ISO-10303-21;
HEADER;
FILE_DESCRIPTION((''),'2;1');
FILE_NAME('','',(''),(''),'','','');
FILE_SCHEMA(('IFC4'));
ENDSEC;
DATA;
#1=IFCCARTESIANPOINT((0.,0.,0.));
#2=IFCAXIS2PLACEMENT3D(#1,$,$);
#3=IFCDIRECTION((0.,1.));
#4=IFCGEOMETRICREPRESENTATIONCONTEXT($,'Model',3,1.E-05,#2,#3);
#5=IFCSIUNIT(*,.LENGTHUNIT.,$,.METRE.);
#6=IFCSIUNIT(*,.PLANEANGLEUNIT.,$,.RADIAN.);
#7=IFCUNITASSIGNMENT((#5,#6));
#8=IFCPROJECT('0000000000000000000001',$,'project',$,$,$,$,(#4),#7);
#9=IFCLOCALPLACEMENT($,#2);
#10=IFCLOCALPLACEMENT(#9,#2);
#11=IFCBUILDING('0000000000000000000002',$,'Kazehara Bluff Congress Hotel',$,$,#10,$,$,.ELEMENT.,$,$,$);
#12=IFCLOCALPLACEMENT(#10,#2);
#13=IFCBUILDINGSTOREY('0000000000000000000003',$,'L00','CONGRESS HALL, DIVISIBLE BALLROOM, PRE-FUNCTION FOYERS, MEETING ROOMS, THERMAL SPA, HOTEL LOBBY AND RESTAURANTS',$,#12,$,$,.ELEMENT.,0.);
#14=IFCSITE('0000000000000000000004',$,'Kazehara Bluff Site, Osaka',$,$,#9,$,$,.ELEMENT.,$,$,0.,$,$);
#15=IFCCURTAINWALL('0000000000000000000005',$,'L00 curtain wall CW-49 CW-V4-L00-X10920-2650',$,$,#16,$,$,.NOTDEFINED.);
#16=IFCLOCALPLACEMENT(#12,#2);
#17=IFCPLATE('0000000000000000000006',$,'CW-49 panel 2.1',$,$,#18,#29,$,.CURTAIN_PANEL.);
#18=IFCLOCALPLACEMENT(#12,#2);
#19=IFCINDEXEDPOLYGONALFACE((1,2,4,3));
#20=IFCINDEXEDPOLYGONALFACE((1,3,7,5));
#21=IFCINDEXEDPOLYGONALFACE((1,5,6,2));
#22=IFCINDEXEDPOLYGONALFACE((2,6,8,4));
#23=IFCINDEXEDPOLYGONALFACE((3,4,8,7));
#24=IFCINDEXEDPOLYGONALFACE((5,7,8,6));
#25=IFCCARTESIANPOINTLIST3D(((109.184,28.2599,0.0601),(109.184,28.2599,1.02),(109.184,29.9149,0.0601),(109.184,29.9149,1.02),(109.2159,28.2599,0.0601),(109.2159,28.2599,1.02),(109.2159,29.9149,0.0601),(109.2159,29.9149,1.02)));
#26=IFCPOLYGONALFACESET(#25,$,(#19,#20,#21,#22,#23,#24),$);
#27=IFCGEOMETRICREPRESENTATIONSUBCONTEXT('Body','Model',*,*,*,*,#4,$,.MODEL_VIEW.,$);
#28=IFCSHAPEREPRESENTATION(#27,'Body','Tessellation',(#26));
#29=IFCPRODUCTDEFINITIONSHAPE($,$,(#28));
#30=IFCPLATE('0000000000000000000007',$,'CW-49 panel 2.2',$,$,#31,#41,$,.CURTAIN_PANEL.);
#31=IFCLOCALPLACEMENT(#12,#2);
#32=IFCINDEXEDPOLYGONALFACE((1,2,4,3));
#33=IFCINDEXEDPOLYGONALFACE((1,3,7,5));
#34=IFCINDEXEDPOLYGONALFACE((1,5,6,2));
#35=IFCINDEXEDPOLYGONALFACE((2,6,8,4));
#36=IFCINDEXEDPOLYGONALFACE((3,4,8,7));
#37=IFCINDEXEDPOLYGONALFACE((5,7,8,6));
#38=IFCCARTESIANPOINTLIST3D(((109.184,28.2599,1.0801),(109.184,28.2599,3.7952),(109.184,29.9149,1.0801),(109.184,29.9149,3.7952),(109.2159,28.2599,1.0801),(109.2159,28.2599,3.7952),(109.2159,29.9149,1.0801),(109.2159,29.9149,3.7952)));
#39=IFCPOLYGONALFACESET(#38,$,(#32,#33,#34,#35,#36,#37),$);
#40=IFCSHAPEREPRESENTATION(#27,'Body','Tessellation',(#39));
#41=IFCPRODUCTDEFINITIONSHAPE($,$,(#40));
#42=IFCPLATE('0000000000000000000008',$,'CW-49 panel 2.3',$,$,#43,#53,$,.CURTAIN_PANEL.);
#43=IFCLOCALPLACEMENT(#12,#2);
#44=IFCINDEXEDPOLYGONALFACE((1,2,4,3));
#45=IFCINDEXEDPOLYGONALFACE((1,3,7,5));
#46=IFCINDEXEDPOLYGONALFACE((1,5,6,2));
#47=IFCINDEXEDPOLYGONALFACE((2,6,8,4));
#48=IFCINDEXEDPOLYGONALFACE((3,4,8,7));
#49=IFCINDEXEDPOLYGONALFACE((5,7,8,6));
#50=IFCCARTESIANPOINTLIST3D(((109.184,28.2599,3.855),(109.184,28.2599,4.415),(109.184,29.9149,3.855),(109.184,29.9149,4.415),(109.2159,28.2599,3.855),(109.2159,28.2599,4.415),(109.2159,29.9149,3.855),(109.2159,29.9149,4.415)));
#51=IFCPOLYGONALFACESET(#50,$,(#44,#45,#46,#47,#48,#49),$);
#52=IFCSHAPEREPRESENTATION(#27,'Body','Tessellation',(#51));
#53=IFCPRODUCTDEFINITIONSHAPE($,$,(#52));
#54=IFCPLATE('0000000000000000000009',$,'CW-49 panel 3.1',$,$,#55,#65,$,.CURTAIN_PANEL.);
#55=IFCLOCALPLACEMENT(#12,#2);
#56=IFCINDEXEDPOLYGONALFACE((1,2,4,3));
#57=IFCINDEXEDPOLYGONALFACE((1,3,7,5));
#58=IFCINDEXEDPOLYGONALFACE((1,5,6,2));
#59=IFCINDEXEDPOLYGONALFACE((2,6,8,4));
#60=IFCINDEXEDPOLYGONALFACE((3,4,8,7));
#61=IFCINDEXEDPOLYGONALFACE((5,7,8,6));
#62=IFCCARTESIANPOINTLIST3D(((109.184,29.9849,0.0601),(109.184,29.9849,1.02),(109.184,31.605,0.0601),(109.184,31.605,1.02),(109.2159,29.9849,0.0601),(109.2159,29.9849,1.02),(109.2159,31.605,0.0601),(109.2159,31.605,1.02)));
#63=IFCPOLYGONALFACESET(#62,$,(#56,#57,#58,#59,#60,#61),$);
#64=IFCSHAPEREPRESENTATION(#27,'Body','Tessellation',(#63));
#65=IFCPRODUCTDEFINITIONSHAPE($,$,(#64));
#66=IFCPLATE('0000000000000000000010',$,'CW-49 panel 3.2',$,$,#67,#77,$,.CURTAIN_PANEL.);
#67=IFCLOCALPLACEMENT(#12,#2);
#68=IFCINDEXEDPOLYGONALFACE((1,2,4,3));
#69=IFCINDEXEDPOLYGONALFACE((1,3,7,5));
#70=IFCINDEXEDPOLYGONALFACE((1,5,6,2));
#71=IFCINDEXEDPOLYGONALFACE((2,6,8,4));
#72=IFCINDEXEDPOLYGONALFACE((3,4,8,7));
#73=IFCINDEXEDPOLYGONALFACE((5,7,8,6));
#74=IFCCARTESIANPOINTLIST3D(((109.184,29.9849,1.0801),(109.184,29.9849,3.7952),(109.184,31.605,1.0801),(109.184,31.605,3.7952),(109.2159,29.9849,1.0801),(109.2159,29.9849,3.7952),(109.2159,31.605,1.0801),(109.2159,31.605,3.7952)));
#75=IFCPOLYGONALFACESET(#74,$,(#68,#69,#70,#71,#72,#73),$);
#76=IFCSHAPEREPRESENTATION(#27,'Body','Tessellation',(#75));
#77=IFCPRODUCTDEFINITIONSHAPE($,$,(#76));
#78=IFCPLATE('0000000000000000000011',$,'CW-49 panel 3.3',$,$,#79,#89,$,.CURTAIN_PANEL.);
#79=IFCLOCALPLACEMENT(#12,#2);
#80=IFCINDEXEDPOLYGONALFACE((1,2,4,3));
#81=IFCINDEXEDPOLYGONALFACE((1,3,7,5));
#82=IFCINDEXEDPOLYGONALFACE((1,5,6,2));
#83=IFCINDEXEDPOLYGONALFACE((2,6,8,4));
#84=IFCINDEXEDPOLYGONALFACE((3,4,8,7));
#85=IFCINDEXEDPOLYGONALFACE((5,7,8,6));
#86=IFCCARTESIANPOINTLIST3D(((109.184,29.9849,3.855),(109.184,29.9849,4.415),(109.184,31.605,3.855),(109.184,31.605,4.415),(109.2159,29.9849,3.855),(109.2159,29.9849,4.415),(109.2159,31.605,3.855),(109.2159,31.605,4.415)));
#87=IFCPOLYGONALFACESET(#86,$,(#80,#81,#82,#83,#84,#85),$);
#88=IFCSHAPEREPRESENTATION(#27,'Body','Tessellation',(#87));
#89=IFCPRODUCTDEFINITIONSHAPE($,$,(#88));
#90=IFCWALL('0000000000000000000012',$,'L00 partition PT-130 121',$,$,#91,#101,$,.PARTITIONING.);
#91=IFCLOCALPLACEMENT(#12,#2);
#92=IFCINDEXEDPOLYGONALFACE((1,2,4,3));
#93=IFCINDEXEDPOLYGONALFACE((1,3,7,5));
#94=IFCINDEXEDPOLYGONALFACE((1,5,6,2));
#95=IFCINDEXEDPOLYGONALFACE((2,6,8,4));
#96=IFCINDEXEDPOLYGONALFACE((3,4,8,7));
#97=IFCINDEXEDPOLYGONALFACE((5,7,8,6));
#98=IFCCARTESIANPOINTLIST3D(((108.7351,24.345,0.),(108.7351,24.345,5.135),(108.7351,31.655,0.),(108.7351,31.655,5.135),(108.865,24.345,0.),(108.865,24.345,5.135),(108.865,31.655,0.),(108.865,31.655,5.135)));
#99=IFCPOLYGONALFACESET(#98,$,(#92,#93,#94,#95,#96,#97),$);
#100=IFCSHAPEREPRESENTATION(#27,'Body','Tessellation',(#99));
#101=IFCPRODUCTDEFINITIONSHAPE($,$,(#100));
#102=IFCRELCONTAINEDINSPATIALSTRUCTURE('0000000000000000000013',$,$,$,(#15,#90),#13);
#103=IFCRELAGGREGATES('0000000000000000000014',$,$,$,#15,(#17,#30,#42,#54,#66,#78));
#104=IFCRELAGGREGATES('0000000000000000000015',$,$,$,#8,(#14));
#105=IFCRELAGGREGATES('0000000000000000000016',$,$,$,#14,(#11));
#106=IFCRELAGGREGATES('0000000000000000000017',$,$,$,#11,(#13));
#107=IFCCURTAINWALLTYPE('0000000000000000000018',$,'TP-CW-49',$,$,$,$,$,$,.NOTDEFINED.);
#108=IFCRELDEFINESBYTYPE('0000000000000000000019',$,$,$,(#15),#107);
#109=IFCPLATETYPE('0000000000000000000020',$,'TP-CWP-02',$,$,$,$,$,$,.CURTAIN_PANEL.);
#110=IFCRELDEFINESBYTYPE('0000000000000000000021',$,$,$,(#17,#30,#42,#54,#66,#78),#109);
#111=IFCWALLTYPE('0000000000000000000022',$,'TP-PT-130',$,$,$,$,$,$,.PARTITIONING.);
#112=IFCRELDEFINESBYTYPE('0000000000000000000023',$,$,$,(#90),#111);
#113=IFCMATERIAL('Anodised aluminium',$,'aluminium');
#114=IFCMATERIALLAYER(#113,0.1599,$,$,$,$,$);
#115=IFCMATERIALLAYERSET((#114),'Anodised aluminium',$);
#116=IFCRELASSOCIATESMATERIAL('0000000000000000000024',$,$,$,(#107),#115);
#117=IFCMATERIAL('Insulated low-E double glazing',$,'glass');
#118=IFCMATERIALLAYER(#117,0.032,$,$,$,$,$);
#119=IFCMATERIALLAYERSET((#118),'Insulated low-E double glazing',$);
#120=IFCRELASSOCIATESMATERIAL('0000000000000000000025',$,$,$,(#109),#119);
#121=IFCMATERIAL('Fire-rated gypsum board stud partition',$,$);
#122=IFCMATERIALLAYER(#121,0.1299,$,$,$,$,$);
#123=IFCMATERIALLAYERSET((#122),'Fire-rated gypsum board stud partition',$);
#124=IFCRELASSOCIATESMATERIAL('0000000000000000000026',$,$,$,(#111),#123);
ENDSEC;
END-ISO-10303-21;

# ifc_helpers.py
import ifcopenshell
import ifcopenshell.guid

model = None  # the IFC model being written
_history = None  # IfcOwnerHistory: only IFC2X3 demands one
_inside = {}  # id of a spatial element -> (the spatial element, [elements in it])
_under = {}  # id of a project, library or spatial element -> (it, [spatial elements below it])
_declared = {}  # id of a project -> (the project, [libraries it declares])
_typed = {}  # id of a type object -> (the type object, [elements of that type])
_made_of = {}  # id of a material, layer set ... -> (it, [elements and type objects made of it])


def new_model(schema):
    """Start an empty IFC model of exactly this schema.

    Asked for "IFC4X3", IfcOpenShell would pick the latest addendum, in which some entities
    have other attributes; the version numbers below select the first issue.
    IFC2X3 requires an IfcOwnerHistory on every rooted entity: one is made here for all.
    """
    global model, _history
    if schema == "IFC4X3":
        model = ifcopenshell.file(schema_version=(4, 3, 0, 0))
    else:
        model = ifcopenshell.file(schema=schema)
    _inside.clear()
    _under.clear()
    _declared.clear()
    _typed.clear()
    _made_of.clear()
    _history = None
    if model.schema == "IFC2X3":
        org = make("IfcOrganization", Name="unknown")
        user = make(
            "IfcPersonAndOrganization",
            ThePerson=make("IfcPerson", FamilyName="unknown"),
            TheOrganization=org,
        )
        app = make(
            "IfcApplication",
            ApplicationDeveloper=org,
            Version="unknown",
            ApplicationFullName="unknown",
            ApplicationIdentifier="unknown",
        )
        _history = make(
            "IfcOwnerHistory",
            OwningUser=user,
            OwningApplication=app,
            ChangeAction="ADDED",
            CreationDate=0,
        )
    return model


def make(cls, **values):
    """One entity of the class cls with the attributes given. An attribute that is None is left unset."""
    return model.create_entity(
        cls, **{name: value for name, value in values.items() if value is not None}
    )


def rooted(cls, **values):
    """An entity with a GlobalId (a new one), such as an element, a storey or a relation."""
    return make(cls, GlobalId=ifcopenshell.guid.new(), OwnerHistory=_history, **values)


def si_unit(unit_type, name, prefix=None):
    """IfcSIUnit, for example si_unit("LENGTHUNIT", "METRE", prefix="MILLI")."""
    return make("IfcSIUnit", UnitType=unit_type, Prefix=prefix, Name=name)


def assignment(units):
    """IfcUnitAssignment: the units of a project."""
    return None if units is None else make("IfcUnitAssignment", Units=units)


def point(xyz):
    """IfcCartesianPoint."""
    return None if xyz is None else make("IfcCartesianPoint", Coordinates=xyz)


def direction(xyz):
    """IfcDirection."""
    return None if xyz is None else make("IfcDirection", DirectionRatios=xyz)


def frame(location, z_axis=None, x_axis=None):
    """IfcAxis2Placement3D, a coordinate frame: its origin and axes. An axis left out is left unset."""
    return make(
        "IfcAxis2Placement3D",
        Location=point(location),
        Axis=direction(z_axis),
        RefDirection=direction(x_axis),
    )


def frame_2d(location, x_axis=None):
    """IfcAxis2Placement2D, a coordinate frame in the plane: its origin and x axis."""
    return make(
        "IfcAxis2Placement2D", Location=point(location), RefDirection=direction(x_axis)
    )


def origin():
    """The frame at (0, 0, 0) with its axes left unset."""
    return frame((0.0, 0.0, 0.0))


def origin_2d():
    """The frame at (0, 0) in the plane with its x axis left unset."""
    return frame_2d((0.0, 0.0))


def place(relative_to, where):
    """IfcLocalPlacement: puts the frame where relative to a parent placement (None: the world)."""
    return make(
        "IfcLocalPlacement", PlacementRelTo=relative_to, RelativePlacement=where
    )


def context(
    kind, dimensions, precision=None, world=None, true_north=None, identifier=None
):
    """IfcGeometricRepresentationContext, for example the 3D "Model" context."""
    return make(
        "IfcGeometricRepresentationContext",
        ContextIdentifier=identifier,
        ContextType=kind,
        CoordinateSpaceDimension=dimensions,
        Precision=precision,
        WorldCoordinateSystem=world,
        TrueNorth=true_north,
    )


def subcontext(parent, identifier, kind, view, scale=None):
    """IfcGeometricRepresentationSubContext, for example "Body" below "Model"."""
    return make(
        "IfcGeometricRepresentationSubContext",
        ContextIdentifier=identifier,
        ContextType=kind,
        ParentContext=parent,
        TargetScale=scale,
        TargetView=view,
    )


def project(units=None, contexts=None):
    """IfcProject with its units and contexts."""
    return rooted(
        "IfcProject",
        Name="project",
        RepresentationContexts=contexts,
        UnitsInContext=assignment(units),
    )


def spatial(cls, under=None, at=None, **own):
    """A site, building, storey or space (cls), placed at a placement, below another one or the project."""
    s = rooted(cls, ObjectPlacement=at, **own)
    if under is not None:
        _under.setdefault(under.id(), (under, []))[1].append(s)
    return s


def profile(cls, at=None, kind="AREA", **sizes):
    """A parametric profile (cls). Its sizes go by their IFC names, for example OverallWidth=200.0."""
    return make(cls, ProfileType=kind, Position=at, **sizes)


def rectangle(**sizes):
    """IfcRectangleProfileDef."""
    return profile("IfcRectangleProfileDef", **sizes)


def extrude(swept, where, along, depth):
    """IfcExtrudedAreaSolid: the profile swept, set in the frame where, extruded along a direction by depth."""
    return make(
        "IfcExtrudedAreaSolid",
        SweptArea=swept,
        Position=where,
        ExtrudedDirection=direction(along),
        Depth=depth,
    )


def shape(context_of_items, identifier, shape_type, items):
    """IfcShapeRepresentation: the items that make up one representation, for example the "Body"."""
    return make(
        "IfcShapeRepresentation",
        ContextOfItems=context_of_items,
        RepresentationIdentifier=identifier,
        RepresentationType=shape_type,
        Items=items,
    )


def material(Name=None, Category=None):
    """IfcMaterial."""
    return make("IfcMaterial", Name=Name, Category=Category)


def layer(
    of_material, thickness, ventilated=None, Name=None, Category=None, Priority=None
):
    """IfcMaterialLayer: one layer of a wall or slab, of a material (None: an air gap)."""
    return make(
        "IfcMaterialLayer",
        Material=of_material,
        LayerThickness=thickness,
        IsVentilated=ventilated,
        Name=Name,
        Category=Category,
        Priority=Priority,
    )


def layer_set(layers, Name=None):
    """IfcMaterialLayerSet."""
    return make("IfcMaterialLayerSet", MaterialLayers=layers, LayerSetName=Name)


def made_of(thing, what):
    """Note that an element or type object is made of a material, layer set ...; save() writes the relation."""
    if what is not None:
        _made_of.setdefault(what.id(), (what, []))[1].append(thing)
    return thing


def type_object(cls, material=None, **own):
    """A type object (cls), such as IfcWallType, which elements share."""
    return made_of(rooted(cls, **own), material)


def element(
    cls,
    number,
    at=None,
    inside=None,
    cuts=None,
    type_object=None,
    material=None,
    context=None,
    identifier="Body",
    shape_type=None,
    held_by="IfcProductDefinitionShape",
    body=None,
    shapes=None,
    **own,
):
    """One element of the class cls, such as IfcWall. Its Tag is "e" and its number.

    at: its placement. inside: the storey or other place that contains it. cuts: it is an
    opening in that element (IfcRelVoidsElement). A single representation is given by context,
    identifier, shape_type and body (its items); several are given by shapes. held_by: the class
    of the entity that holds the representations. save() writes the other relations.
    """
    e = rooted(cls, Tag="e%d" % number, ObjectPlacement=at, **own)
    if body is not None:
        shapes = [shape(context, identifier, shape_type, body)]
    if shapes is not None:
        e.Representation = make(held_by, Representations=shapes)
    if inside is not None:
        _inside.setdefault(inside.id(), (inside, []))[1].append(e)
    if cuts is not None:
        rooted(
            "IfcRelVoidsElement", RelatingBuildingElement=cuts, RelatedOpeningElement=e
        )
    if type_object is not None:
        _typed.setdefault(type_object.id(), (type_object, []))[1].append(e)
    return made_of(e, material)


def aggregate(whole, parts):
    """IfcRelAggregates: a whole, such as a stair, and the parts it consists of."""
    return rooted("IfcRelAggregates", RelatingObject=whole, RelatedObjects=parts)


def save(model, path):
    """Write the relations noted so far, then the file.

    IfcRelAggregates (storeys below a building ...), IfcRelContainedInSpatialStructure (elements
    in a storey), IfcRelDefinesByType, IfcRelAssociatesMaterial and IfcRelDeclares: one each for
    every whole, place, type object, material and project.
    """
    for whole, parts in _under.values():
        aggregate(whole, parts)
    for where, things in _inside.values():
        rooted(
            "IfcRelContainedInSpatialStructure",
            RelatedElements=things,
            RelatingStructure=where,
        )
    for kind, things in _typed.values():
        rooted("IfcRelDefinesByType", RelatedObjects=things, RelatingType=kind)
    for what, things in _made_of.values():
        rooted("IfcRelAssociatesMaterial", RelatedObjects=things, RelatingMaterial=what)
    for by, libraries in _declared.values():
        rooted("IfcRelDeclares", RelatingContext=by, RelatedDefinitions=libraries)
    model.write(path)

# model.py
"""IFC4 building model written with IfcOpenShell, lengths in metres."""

from ifc_helpers import new_model, si_unit, direction, frame, frame_2d, origin, origin_2d, place, context, subcontext, project, spatial, rectangle, extrude, material, layer, layer_set, type_object, element, aggregate, save


model = new_model("IFC4")

# Units and contexts
model_context = context("Model", 3, precision=1e-05, world=origin(), true_north=direction((0.0, 1.0)))
body_context = subcontext(model_context, "Body", "Model", "MODEL_VIEW")
ifc_project = project(units=[si_unit("LENGTHUNIT", "METRE"), si_unit("PLANEANGLEUNIT", "RADIAN")], contexts=[model_context])

# Site, building, storey
site_placement = place(None, origin())
site = spatial("IfcSite", under=ifc_project, at=site_placement, Name="Kazehara Bluff Site, Osaka", CompositionType="ELEMENT", RefElevation=0.0)
building_placement = place(site_placement, origin())
building = spatial("IfcBuilding", under=site, at=building_placement, Name="Kazehara Bluff Congress Hotel", CompositionType="ELEMENT")
storey_placement = place(building_placement, origin())
storey = spatial("IfcBuildingStorey", under=building, at=storey_placement, Name="L00", Description="CONGRESS HALL, DIVISIBLE BALLROOM, PRE-FUNCTION FOYERS, MEETING ROOMS, THERMAL SPA, HOTEL LOBBY AND RESTAURANTS", CompositionType="ELEMENT", Elevation=0.0)

# Curtain wall
ifc_material_1 = material(Name="Anodised aluminium", Category="aluminium")
ifc_layer_1 = layer(ifc_material_1, 0.1599)
ifc_layer_set_1 = layer_set([ifc_layer_1], Name="Anodised aluminium")
curtain_wall_type = type_object("IfcCurtainWallType", Name="TP-CW-49", PredefinedType="NOTDEFINED", material=ifc_layer_set_1)
curtain_wall_placement = place(storey_placement, origin())
curtain_wall = element("IfcCurtainWall", 1, at=curtain_wall_placement, inside=storey, type_object=curtain_wall_type, Name="L00 curtain wall CW-49 CW-V4-L00-X10920-2650", PredefinedType="NOTDEFINED")

# Plates
ifc_material_2 = material(Name="Insulated low-E double glazing", Category="glass")
ifc_layer_2 = layer(ifc_material_2, 0.032)
ifc_layer_set_2 = layer_set([ifc_layer_2], Name="Insulated low-E double glazing")
plate_type = type_object("IfcPlateType", Name="TP-CWP-02", PredefinedType="CURTAIN_PANEL", material=ifc_layer_set_2)
plate_1_placement = place(storey_placement, frame((109.2, 29.0874, 0.0601), z_axis=(0.0, 0.0, 1.0), x_axis=(0.0, 1.0, 0.0)))
plate_1 = element("IfcPlate", 2, at=plate_1_placement, type_object=plate_type, Name="CW-49 panel 2.1", PredefinedType="CURTAIN_PANEL", context=body_context, shape_type="SweptSolid", body=[
    extrude(rectangle(XDim=1.655, YDim=0.032, at=origin_2d()), origin(), (0.0, 0.0, 1.0), 0.96),
])
plate_2_placement = place(storey_placement, frame((109.2, 29.0874, 1.0801), z_axis=(0.0, 0.0, 1.0), x_axis=(0.0, 1.0, 0.0)))
plate_2 = element("IfcPlate", 3, at=plate_2_placement, type_object=plate_type, Name="CW-49 panel 2.2", PredefinedType="CURTAIN_PANEL", context=body_context, shape_type="SweptSolid", body=[
    extrude(rectangle(XDim=1.655, YDim=0.032, at=origin_2d()), origin(), (0.0, 0.0, 1.0), 2.7151),
])
plate_3_placement = place(storey_placement, frame((109.2, 29.0874, 3.855), z_axis=(0.0, 0.0, 1.0), x_axis=(0.0, 1.0, 0.0)))
plate_3 = element("IfcPlate", 4, at=plate_3_placement, type_object=plate_type, Name="CW-49 panel 2.3", PredefinedType="CURTAIN_PANEL", context=body_context, shape_type="SweptSolid", body=[
    extrude(rectangle(XDim=1.655, YDim=0.032, at=origin_2d()), origin(), (0.0, 0.0, 1.0), 0.5601),
])
plate_4_placement = place(storey_placement, frame((109.2, 30.7949, 0.0601), z_axis=(0.0, 0.0, 1.0), x_axis=(0.0, 1.0, 0.0)))
plate_4 = element("IfcPlate", 5, at=plate_4_placement, type_object=plate_type, Name="CW-49 panel 3.1", PredefinedType="CURTAIN_PANEL", context=body_context, shape_type="SweptSolid", body=[
    extrude(rectangle(XDim=1.6201, YDim=0.032, at=origin_2d()), origin(), (0.0, 0.0, 1.0), 0.96),
])
plate_5_placement = place(storey_placement, frame((109.2, 30.7949, 1.0801), z_axis=(0.0, 0.0, 1.0), x_axis=(0.0, 1.0, 0.0)))
plate_5 = element("IfcPlate", 6, at=plate_5_placement, type_object=plate_type, Name="CW-49 panel 3.2", PredefinedType="CURTAIN_PANEL", context=body_context, shape_type="SweptSolid", body=[
    extrude(rectangle(XDim=1.6201, YDim=0.032, at=origin_2d()), origin(), (0.0, 0.0, 1.0), 2.7151),
])
plate_6_placement = place(storey_placement, frame((109.2, 30.7949, 3.855), z_axis=(0.0, 0.0, 1.0), x_axis=(0.0, 1.0, 0.0)))
plate_6 = element("IfcPlate", 7, at=plate_6_placement, type_object=plate_type, Name="CW-49 panel 3.3", PredefinedType="CURTAIN_PANEL", context=body_context, shape_type="SweptSolid", body=[
    extrude(rectangle(XDim=1.6201, YDim=0.032, at=origin_2d()), origin(), (0.0, 0.0, 1.0), 0.5601),
])
aggregate(curtain_wall, [plate_1, plate_2, plate_3, plate_4, plate_5, plate_6])

# Wall
ifc_material_3 = material(Name="Fire-rated gypsum board stud partition")
ifc_layer_3 = layer(ifc_material_3, 0.1299)
ifc_layer_set_3 = layer_set([ifc_layer_3], Name="Fire-rated gypsum board stud partition")
wall_type = type_object("IfcWallType", Name="TP-PT-130", PredefinedType="PARTITIONING", material=ifc_layer_set_3)
wall_placement = place(storey_placement, frame((108.8, 24.345, 0.0), z_axis=(0.0, 0.0, 1.0), x_axis=(0.0, 1.0, 0.0)))
element("IfcWall", 8, at=wall_placement, inside=storey, type_object=wall_type, Name="L00 partition PT-130 121", PredefinedType="PARTITIONING", context=body_context, shape_type="SweptSolid", body=[
    extrude(rectangle(XDim=7.3101, YDim=0.1299, at=frame_2d((3.655, 0.0))), origin(), (0.0, 0.0, 1.0), 5.135),
])

save(model, "model.ifc")
